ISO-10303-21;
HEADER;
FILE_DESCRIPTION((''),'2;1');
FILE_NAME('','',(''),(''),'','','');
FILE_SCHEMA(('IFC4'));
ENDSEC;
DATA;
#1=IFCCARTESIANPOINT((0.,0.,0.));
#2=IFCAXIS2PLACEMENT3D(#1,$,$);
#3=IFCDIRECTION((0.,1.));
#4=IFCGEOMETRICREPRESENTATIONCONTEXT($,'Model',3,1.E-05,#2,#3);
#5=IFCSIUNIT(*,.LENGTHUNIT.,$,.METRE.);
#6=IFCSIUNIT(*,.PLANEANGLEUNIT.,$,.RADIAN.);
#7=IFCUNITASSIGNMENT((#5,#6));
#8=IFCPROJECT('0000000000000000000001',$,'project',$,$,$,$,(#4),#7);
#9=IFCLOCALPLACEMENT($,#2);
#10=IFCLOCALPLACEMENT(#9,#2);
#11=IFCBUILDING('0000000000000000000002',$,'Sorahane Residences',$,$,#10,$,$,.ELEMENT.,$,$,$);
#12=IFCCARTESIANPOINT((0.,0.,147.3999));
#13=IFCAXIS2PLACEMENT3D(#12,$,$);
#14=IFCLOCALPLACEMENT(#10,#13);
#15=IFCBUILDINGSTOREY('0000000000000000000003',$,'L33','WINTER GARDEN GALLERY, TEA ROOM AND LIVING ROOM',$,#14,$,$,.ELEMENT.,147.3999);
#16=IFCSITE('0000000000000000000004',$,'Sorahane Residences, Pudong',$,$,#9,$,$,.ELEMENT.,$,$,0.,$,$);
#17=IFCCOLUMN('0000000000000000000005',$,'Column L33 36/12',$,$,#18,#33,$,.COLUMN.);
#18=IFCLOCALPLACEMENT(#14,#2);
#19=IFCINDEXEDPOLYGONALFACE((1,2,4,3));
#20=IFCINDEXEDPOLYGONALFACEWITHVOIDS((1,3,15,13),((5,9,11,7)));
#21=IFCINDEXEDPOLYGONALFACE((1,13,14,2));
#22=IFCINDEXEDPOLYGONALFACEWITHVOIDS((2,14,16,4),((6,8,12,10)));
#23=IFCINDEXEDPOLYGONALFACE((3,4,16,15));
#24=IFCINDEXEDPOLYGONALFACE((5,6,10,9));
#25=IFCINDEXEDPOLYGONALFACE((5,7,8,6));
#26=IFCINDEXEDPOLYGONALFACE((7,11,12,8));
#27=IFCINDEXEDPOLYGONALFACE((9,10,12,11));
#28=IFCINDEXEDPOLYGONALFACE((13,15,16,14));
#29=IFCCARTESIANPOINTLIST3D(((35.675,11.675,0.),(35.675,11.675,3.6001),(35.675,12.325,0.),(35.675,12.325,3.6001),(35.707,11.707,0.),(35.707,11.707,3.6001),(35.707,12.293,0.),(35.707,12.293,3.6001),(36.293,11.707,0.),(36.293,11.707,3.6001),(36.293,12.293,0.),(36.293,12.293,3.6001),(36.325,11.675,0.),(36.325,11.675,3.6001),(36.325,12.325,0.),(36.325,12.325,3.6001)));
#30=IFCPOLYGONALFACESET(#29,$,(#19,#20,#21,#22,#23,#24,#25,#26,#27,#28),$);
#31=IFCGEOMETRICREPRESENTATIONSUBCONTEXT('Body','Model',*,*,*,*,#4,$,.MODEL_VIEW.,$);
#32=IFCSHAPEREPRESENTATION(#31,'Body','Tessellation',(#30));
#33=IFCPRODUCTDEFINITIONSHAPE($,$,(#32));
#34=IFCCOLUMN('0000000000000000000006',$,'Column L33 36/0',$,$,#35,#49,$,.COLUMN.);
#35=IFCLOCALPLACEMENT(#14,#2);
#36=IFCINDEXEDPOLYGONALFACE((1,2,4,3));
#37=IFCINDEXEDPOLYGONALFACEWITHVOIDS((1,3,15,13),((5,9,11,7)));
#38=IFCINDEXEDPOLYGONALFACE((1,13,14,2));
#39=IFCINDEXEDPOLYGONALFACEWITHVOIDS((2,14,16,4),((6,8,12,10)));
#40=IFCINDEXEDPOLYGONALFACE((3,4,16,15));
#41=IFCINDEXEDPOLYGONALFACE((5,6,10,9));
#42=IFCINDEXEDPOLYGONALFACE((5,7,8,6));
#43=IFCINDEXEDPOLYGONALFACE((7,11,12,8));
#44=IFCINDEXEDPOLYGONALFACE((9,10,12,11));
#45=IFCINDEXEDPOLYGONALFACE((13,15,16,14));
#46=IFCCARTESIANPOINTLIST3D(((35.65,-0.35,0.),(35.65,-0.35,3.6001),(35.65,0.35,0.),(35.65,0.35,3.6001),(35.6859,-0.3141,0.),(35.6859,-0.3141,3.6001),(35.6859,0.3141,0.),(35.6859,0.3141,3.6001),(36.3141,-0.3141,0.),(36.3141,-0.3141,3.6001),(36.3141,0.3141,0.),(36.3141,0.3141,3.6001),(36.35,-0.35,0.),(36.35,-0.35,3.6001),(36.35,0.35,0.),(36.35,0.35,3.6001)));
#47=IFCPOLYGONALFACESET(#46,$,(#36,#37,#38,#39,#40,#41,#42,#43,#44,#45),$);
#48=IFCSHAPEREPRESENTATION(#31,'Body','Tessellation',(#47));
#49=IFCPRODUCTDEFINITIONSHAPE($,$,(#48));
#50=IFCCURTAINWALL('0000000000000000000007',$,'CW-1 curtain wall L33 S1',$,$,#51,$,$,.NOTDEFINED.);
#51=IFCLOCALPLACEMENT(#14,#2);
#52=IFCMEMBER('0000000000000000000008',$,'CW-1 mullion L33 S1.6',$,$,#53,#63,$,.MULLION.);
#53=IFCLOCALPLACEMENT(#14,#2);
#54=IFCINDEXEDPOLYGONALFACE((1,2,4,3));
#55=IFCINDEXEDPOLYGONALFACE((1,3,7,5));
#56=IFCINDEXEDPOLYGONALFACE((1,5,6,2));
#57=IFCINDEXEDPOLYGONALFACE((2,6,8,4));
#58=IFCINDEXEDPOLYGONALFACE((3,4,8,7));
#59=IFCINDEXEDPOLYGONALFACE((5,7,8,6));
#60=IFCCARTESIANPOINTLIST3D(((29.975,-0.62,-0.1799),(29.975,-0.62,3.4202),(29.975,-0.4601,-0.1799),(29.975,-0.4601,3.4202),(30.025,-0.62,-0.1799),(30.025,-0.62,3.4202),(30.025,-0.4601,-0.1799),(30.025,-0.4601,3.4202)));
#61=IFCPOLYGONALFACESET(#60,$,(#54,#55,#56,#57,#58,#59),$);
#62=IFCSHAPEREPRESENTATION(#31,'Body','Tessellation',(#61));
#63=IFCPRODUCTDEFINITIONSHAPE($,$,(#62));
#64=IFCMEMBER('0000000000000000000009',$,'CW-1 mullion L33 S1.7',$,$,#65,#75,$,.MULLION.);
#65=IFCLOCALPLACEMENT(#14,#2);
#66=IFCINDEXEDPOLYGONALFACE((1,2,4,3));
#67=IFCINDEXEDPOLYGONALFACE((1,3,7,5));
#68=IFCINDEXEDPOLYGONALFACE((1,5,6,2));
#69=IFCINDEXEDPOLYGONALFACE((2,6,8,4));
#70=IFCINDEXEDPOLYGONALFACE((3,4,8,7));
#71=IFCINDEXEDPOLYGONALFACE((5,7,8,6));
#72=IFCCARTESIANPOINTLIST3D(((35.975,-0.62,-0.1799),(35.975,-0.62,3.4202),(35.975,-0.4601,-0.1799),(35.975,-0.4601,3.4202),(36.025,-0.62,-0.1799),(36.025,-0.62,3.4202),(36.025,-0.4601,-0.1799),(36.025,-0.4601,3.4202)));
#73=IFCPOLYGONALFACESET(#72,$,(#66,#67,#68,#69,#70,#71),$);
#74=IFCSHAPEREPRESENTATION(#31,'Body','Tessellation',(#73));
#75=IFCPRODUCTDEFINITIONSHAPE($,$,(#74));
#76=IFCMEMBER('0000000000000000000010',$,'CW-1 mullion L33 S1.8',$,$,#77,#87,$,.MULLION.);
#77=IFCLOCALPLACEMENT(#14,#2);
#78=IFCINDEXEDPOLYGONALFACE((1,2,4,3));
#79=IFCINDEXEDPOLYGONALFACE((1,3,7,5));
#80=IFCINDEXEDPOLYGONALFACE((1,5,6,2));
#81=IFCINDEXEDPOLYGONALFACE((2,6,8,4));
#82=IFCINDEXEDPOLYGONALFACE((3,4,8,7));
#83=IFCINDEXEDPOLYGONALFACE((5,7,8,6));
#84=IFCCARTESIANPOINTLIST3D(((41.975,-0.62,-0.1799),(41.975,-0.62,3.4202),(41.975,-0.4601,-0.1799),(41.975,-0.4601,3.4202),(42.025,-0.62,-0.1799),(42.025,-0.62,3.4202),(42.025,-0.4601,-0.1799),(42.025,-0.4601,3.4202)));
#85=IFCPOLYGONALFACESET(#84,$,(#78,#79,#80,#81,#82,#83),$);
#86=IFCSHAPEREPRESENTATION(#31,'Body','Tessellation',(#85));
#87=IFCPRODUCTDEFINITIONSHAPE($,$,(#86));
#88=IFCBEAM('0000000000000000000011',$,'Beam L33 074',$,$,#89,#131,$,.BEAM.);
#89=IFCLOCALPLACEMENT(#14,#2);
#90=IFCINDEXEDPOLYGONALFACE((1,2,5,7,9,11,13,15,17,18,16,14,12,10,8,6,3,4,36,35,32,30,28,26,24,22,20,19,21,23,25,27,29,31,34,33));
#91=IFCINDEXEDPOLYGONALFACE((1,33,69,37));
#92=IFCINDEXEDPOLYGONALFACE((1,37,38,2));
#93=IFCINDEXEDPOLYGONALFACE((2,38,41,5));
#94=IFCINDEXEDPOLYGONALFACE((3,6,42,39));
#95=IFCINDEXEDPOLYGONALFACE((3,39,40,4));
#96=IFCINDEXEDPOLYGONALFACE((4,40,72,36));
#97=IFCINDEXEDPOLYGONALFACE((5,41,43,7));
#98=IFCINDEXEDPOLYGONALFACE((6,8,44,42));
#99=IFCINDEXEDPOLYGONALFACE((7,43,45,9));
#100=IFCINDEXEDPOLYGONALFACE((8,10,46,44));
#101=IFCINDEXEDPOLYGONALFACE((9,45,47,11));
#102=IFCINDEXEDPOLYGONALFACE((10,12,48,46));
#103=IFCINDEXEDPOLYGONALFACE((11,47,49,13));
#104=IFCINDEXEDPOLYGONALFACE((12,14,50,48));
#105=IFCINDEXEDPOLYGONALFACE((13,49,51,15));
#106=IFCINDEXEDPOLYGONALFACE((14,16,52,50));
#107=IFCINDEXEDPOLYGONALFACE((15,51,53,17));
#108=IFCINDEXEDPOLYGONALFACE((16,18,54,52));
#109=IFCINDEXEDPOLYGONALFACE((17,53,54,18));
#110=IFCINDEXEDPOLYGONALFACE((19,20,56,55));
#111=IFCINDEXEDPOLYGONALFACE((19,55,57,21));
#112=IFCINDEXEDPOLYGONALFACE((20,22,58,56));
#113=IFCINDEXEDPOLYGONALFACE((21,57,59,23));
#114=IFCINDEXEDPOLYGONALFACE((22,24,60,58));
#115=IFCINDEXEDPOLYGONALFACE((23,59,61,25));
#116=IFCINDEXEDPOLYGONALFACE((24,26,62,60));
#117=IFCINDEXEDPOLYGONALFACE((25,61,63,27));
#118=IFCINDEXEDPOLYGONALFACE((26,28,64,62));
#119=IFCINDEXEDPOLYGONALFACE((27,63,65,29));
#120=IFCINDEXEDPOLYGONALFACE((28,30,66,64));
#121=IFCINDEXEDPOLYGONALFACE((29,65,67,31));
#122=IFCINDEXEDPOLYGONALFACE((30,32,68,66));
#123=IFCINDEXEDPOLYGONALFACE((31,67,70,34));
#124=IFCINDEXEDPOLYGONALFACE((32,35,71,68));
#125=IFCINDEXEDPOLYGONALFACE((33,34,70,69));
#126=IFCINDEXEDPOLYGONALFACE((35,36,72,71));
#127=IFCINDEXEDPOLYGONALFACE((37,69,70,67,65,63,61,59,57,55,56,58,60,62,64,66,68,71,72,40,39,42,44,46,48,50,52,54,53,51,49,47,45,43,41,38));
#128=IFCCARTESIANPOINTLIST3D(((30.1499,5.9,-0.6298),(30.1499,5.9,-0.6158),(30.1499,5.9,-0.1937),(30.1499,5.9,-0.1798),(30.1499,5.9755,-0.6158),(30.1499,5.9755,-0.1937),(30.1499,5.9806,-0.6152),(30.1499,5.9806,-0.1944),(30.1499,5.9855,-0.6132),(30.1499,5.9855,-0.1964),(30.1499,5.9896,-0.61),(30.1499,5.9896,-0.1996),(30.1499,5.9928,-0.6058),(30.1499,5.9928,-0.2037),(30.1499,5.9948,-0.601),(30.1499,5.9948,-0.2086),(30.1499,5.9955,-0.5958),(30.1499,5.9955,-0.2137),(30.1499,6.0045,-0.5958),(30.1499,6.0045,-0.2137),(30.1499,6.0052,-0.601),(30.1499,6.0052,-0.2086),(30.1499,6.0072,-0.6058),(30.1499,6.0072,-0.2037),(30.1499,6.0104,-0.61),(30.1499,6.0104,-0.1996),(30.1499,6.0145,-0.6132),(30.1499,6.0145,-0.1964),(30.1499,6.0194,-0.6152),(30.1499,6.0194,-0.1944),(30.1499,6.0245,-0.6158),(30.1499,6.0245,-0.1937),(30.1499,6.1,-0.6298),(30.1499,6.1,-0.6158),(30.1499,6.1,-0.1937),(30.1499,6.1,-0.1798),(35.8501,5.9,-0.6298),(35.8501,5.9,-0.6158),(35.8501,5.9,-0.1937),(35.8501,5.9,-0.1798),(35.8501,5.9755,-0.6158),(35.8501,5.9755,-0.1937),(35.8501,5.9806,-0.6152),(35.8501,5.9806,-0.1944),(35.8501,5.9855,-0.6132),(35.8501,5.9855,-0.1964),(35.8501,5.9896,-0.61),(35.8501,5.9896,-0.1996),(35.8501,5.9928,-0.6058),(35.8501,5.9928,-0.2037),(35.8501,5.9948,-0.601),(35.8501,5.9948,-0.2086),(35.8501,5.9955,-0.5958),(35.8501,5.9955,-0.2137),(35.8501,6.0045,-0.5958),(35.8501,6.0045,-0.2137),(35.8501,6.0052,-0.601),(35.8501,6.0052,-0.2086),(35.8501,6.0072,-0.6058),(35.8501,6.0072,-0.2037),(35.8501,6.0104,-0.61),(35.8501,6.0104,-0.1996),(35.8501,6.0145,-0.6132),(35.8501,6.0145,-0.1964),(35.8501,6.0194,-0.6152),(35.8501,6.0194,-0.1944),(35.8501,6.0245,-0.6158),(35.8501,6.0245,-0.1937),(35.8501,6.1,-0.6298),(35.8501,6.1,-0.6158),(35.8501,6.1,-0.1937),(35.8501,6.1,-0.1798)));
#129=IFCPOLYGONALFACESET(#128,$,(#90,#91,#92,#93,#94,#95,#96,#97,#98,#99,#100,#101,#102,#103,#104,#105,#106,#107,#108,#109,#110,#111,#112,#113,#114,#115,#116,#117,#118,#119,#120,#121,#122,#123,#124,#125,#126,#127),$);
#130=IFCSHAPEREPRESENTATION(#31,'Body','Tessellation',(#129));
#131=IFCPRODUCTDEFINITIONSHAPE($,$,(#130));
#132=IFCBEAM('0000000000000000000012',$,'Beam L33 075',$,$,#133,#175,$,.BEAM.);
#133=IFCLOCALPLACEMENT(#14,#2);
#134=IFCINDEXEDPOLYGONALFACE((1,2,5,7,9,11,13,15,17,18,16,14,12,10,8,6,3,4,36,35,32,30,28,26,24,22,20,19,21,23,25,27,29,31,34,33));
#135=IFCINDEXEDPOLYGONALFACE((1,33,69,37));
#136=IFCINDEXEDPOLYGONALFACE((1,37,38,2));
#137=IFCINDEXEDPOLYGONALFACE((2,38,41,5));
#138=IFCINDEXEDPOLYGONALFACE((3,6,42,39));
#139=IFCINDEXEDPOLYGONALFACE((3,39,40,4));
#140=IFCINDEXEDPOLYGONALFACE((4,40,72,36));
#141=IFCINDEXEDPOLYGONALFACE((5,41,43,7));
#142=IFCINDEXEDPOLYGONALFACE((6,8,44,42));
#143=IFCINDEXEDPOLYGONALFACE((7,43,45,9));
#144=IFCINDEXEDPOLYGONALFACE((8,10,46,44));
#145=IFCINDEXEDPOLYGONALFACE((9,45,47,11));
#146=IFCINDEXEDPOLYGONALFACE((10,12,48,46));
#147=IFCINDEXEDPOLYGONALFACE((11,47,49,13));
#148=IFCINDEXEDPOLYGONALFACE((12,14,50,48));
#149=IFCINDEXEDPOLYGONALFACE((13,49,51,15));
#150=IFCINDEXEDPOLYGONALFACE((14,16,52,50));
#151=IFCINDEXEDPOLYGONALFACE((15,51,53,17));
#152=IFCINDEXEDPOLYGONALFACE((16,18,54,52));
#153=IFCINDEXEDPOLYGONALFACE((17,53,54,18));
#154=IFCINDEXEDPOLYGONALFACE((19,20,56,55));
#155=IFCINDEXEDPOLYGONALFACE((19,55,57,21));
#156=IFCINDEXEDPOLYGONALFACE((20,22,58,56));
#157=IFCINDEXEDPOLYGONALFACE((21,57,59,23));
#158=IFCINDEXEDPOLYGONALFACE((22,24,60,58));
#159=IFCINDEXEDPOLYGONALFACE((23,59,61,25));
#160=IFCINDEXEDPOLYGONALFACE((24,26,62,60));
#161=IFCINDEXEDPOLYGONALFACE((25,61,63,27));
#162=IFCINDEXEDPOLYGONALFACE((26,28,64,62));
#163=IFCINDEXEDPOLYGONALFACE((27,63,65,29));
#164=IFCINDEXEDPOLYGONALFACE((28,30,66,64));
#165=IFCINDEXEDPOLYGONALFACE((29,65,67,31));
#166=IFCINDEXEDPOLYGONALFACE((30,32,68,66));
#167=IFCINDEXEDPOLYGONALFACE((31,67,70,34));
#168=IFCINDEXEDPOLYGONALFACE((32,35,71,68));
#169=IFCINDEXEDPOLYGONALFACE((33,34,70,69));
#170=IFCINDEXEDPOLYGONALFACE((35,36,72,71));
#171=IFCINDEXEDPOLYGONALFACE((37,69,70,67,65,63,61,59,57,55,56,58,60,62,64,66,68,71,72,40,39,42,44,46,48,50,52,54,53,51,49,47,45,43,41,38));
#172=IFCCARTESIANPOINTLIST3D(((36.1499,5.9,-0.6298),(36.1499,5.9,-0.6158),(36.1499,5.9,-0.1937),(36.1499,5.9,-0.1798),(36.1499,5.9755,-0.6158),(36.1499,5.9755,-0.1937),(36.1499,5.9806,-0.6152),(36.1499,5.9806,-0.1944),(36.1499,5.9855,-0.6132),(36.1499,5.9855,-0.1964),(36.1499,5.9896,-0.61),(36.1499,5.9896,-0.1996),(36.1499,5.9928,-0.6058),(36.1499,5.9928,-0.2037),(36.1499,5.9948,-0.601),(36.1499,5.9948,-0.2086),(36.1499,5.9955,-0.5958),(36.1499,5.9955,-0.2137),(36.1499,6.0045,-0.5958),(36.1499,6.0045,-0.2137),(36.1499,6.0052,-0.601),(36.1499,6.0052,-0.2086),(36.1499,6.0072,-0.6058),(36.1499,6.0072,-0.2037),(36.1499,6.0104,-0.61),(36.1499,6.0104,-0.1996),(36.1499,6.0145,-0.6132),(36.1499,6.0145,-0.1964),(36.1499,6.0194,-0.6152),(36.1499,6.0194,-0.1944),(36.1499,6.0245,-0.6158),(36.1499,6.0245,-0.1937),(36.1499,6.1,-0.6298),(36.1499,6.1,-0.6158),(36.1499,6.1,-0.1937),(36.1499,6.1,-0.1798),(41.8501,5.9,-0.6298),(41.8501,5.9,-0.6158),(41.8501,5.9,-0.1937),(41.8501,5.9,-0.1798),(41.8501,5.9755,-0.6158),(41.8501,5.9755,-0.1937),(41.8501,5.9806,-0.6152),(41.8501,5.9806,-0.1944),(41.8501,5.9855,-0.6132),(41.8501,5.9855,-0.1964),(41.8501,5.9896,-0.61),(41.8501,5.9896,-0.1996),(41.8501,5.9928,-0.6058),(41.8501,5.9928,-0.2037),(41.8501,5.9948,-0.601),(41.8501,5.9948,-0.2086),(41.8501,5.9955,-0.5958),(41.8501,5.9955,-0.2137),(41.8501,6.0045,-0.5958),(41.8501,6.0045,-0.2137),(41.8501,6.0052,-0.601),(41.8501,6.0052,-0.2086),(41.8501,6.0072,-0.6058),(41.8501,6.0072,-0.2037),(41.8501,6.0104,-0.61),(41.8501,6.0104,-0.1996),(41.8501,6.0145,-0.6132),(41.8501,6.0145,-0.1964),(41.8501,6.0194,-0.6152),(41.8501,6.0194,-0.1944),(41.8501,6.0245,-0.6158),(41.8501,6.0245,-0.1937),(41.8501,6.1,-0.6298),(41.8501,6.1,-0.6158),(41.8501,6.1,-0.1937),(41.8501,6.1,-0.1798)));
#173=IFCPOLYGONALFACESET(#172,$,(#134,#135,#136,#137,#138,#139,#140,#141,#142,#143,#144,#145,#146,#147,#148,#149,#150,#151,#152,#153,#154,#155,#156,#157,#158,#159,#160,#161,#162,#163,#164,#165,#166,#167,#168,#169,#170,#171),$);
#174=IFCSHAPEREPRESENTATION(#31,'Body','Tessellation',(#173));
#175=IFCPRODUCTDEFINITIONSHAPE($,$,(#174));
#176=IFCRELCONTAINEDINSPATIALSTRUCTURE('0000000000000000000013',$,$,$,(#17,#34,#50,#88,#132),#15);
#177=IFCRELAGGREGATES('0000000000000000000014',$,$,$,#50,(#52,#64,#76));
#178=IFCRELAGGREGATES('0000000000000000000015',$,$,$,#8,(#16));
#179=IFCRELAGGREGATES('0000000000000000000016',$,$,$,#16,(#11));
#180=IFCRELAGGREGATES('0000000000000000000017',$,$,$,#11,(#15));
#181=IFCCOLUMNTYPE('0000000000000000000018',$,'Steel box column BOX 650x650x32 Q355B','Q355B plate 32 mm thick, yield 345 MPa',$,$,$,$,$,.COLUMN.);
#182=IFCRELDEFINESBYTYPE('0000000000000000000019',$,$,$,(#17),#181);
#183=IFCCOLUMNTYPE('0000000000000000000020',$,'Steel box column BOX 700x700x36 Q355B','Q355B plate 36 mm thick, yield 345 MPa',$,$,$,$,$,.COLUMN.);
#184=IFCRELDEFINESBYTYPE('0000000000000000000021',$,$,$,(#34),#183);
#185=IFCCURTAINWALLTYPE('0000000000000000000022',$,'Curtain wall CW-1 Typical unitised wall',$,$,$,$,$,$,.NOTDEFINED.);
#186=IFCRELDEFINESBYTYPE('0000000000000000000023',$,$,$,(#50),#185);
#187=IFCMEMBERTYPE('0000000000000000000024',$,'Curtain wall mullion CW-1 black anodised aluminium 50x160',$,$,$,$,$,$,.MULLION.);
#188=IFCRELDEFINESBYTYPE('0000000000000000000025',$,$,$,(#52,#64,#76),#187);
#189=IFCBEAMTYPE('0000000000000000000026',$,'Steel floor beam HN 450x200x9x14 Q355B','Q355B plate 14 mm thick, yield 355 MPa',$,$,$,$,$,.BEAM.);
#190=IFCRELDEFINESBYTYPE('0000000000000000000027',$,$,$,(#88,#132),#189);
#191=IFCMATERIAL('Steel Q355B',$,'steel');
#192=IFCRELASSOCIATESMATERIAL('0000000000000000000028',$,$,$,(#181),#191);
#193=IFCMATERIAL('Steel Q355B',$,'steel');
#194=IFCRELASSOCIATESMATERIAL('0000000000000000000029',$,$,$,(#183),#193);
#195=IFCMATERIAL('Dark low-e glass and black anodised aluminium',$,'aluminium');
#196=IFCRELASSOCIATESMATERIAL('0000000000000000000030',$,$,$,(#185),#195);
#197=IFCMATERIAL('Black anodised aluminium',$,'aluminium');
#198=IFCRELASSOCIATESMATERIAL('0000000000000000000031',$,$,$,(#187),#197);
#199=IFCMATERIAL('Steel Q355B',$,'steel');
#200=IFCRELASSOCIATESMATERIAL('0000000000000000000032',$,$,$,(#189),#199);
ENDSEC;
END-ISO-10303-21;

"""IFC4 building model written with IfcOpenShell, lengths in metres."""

from ifc_helpers import new_model, si_unit, direction, frame, origin, origin_2d, place, context, subcontext, project, spatial, rectangle, hollow_rectangle, i_section, extrude, material, material_profile, profile_set, type_object, element, aggregate, save


model = new_model("IFC4")

# Units and contexts
model_context = context("Model", 3, precision=1e-05, world=origin(), true_north=direction((0.0, 1.0)))
body_context = subcontext(model_context, "Body", "Model", "MODEL_VIEW")
ifc_project = project(units=[si_unit("LENGTHUNIT", "METRE"), si_unit("PLANEANGLEUNIT", "RADIAN")], contexts=[model_context])

# Site, building, storey
site_placement = place(None, origin())
site = spatial("IfcSite", under=ifc_project, at=site_placement, Name="Sorahane Residences, Pudong", CompositionType="ELEMENT", RefElevation=0.0)
building_placement = place(site_placement, origin())
building = spatial("IfcBuilding", under=site, at=building_placement, Name="Sorahane Residences", CompositionType="ELEMENT")
storey_placement = place(building_placement, frame((0.0, 0.0, 147.3999)))
storey = spatial("IfcBuildingStorey", under=building, at=storey_placement, Name="L33", Description="WINTER GARDEN GALLERY, TEA ROOM AND LIVING ROOM", CompositionType="ELEMENT", Elevation=147.3999)

# Columns
ifc_material_1 = material(Name="Steel Q355B", Category="steel")
ifc_material_profile_1 = material_profile(ifc_material_1, hollow_rectangle(XDim=0.6499, YDim=0.6499, WallThickness=0.032, at=origin_2d()), Name="BOX 650x650x32")
ifc_profile_set_1 = profile_set([ifc_material_profile_1], Name="Steel Q355B")
column_type_1 = type_object("IfcColumnType", Name="Steel box column BOX 650x650x32 Q355B", Description="Q355B plate 32 mm thick, yield 345 MPa", PredefinedType="COLUMN", material=ifc_profile_set_1)
column_1_placement = place(storey_placement, frame((36.0, 12.0, 0.0), z_axis=(0.0, 0.0, 1.0), x_axis=(1.0, 0.0, 0.0)))
element("IfcColumn", 1, at=column_1_placement, inside=storey, type_object=column_type_1, Name="Column L33 36/12", PredefinedType="COLUMN", context=body_context, shape_type="SweptSolid", body=[
    extrude(hollow_rectangle(XDim=0.6499, YDim=0.6499, WallThickness=0.032, at=origin_2d()), origin(), (0.0, 0.0, 1.0), 3.6001),
])
ifc_material_2 = material(Name="Steel Q355B", Category="steel")
ifc_material_profile_2 = material_profile(ifc_material_2, hollow_rectangle(XDim=0.7, YDim=0.7, WallThickness=0.0359, at=origin_2d()), Name="BOX 700x700x36")
ifc_profile_set_2 = profile_set([ifc_material_profile_2], Name="Steel Q355B")
column_type_2 = type_object("IfcColumnType", Name="Steel box column BOX 700x700x36 Q355B", Description="Q355B plate 36 mm thick, yield 345 MPa", PredefinedType="COLUMN", material=ifc_profile_set_2)
column_2_placement = place(storey_placement, frame((36.0, 0.0, 0.0), z_axis=(0.0, 0.0, 1.0), x_axis=(1.0, 0.0, 0.0)))
element("IfcColumn", 2, at=column_2_placement, inside=storey, type_object=column_type_2, Name="Column L33 36/0", PredefinedType="COLUMN", context=body_context, shape_type="SweptSolid", body=[
    extrude(hollow_rectangle(XDim=0.7, YDim=0.7, WallThickness=0.0359, at=origin_2d()), origin(), (0.0, 0.0, 1.0), 3.6001),
])

# Curtain wall, members
ifc_material_3 = material(Name="Dark low-e glass and black anodised aluminium", Category="aluminium")
curtain_wall_type = type_object("IfcCurtainWallType", Name="Curtain wall CW-1 Typical unitised wall", PredefinedType="NOTDEFINED", material=ifc_material_3)
curtain_wall_placement = place(storey_placement, origin())
curtain_wall = element("IfcCurtainWall", 3, at=curtain_wall_placement, inside=storey, type_object=curtain_wall_type, Name="CW-1 curtain wall L33 S1", PredefinedType="NOTDEFINED")
ifc_material_4 = material(Name="Black anodised aluminium", Category="aluminium")
ifc_material_profile_3 = material_profile(ifc_material_4, rectangle(XDim=0.1599, YDim=0.05, at=origin_2d()), Name="Curtain wall mullion CW-1 black anodised aluminium 50x160")
ifc_profile_set_3 = profile_set([ifc_material_profile_3], Name="Black anodised aluminium")
member_type = type_object("IfcMemberType", Name="Curtain wall mullion CW-1 black anodised aluminium 50x160", PredefinedType="MULLION", material=ifc_profile_set_3)
member_1_placement = place(storey_placement, frame((30.0, -0.54, -0.1799), z_axis=(0.0, 0.0, 1.0), x_axis=(0.0, -1.0, 0.0)))
member_1 = element("IfcMember", 4, at=member_1_placement, type_object=member_type, Name="CW-1 mullion L33 S1.6", PredefinedType="MULLION", context=body_context, shape_type="SweptSolid", body=[
    extrude(rectangle(XDim=0.1599, YDim=0.05, at=origin_2d()), origin(), (0.0, 0.0, 1.0), 3.6001),
])
member_2_placement = place(storey_placement, frame((36.0, -0.54, -0.1799), z_axis=(0.0, 0.0, 1.0), x_axis=(0.0, -1.0, 0.0)))
member_2 = element("IfcMember", 5, at=member_2_placement, type_object=member_type, Name="CW-1 mullion L33 S1.7", PredefinedType="MULLION", context=body_context, shape_type="SweptSolid", body=[
    extrude(rectangle(XDim=0.1599, YDim=0.05, at=origin_2d()), origin(), (0.0, 0.0, 1.0), 3.6001),
])
member_3_placement = place(storey_placement, frame((42.0, -0.54, -0.1799), z_axis=(0.0, 0.0, 1.0), x_axis=(0.0, -1.0, 0.0)))
member_3 = element("IfcMember", 6, at=member_3_placement, type_object=member_type, Name="CW-1 mullion L33 S1.8", PredefinedType="MULLION", context=body_context, shape_type="SweptSolid", body=[
    extrude(rectangle(XDim=0.1599, YDim=0.05, at=origin_2d()), origin(), (0.0, 0.0, 1.0), 3.6001),
])

# Beams
ifc_material_5 = material(Name="Steel Q355B", Category="steel")
ifc_material_profile_4 = material_profile(ifc_material_5, i_section(OverallWidth=0.2, OverallDepth=0.45, WebThickness=0.009, FlangeThickness=0.0139, FilletRadius=0.02, at=origin_2d()), Name="HN 450x200x9x14")
ifc_profile_set_4 = profile_set([ifc_material_profile_4], Name="Steel Q355B")
beam_type_1 = type_object("IfcBeamType", Name="Steel floor beam HN 450x200x9x14 Q355B", Description="Q355B plate 14 mm thick, yield 355 MPa", PredefinedType="BEAM", material=ifc_profile_set_4)
for number, where, z_axis, x_axis, name in (
    (7, (30.1499, 6.0, -0.4048), (1.0, 0.0, 0.0), (0.0, 1.0, 0.0), "Beam L33 074"),
    (8, (36.1499, 6.0, -0.4048), (1.0, 0.0, 0.0), (0.0, 1.0, 0.0), "Beam L33 075"),
):
    element("IfcBeam", number, at=place(storey_placement, frame(where, z_axis=z_axis, x_axis=x_axis)), inside=storey, type_object=beam_type_1, Name=name, PredefinedType="BEAM", context=body_context, shape_type="SweptSolid", body=[
        extrude(i_section(OverallWidth=0.2, OverallDepth=0.45, WebThickness=0.009, FlangeThickness=0.0139, FilletRadius=0.02, at=origin_2d()), origin(), (0.0, 0.0, 1.0), 5.7002),
    ])

aggregate(curtain_wall, [member_1, member_2, member_3])

save(model, "model.ifc")
